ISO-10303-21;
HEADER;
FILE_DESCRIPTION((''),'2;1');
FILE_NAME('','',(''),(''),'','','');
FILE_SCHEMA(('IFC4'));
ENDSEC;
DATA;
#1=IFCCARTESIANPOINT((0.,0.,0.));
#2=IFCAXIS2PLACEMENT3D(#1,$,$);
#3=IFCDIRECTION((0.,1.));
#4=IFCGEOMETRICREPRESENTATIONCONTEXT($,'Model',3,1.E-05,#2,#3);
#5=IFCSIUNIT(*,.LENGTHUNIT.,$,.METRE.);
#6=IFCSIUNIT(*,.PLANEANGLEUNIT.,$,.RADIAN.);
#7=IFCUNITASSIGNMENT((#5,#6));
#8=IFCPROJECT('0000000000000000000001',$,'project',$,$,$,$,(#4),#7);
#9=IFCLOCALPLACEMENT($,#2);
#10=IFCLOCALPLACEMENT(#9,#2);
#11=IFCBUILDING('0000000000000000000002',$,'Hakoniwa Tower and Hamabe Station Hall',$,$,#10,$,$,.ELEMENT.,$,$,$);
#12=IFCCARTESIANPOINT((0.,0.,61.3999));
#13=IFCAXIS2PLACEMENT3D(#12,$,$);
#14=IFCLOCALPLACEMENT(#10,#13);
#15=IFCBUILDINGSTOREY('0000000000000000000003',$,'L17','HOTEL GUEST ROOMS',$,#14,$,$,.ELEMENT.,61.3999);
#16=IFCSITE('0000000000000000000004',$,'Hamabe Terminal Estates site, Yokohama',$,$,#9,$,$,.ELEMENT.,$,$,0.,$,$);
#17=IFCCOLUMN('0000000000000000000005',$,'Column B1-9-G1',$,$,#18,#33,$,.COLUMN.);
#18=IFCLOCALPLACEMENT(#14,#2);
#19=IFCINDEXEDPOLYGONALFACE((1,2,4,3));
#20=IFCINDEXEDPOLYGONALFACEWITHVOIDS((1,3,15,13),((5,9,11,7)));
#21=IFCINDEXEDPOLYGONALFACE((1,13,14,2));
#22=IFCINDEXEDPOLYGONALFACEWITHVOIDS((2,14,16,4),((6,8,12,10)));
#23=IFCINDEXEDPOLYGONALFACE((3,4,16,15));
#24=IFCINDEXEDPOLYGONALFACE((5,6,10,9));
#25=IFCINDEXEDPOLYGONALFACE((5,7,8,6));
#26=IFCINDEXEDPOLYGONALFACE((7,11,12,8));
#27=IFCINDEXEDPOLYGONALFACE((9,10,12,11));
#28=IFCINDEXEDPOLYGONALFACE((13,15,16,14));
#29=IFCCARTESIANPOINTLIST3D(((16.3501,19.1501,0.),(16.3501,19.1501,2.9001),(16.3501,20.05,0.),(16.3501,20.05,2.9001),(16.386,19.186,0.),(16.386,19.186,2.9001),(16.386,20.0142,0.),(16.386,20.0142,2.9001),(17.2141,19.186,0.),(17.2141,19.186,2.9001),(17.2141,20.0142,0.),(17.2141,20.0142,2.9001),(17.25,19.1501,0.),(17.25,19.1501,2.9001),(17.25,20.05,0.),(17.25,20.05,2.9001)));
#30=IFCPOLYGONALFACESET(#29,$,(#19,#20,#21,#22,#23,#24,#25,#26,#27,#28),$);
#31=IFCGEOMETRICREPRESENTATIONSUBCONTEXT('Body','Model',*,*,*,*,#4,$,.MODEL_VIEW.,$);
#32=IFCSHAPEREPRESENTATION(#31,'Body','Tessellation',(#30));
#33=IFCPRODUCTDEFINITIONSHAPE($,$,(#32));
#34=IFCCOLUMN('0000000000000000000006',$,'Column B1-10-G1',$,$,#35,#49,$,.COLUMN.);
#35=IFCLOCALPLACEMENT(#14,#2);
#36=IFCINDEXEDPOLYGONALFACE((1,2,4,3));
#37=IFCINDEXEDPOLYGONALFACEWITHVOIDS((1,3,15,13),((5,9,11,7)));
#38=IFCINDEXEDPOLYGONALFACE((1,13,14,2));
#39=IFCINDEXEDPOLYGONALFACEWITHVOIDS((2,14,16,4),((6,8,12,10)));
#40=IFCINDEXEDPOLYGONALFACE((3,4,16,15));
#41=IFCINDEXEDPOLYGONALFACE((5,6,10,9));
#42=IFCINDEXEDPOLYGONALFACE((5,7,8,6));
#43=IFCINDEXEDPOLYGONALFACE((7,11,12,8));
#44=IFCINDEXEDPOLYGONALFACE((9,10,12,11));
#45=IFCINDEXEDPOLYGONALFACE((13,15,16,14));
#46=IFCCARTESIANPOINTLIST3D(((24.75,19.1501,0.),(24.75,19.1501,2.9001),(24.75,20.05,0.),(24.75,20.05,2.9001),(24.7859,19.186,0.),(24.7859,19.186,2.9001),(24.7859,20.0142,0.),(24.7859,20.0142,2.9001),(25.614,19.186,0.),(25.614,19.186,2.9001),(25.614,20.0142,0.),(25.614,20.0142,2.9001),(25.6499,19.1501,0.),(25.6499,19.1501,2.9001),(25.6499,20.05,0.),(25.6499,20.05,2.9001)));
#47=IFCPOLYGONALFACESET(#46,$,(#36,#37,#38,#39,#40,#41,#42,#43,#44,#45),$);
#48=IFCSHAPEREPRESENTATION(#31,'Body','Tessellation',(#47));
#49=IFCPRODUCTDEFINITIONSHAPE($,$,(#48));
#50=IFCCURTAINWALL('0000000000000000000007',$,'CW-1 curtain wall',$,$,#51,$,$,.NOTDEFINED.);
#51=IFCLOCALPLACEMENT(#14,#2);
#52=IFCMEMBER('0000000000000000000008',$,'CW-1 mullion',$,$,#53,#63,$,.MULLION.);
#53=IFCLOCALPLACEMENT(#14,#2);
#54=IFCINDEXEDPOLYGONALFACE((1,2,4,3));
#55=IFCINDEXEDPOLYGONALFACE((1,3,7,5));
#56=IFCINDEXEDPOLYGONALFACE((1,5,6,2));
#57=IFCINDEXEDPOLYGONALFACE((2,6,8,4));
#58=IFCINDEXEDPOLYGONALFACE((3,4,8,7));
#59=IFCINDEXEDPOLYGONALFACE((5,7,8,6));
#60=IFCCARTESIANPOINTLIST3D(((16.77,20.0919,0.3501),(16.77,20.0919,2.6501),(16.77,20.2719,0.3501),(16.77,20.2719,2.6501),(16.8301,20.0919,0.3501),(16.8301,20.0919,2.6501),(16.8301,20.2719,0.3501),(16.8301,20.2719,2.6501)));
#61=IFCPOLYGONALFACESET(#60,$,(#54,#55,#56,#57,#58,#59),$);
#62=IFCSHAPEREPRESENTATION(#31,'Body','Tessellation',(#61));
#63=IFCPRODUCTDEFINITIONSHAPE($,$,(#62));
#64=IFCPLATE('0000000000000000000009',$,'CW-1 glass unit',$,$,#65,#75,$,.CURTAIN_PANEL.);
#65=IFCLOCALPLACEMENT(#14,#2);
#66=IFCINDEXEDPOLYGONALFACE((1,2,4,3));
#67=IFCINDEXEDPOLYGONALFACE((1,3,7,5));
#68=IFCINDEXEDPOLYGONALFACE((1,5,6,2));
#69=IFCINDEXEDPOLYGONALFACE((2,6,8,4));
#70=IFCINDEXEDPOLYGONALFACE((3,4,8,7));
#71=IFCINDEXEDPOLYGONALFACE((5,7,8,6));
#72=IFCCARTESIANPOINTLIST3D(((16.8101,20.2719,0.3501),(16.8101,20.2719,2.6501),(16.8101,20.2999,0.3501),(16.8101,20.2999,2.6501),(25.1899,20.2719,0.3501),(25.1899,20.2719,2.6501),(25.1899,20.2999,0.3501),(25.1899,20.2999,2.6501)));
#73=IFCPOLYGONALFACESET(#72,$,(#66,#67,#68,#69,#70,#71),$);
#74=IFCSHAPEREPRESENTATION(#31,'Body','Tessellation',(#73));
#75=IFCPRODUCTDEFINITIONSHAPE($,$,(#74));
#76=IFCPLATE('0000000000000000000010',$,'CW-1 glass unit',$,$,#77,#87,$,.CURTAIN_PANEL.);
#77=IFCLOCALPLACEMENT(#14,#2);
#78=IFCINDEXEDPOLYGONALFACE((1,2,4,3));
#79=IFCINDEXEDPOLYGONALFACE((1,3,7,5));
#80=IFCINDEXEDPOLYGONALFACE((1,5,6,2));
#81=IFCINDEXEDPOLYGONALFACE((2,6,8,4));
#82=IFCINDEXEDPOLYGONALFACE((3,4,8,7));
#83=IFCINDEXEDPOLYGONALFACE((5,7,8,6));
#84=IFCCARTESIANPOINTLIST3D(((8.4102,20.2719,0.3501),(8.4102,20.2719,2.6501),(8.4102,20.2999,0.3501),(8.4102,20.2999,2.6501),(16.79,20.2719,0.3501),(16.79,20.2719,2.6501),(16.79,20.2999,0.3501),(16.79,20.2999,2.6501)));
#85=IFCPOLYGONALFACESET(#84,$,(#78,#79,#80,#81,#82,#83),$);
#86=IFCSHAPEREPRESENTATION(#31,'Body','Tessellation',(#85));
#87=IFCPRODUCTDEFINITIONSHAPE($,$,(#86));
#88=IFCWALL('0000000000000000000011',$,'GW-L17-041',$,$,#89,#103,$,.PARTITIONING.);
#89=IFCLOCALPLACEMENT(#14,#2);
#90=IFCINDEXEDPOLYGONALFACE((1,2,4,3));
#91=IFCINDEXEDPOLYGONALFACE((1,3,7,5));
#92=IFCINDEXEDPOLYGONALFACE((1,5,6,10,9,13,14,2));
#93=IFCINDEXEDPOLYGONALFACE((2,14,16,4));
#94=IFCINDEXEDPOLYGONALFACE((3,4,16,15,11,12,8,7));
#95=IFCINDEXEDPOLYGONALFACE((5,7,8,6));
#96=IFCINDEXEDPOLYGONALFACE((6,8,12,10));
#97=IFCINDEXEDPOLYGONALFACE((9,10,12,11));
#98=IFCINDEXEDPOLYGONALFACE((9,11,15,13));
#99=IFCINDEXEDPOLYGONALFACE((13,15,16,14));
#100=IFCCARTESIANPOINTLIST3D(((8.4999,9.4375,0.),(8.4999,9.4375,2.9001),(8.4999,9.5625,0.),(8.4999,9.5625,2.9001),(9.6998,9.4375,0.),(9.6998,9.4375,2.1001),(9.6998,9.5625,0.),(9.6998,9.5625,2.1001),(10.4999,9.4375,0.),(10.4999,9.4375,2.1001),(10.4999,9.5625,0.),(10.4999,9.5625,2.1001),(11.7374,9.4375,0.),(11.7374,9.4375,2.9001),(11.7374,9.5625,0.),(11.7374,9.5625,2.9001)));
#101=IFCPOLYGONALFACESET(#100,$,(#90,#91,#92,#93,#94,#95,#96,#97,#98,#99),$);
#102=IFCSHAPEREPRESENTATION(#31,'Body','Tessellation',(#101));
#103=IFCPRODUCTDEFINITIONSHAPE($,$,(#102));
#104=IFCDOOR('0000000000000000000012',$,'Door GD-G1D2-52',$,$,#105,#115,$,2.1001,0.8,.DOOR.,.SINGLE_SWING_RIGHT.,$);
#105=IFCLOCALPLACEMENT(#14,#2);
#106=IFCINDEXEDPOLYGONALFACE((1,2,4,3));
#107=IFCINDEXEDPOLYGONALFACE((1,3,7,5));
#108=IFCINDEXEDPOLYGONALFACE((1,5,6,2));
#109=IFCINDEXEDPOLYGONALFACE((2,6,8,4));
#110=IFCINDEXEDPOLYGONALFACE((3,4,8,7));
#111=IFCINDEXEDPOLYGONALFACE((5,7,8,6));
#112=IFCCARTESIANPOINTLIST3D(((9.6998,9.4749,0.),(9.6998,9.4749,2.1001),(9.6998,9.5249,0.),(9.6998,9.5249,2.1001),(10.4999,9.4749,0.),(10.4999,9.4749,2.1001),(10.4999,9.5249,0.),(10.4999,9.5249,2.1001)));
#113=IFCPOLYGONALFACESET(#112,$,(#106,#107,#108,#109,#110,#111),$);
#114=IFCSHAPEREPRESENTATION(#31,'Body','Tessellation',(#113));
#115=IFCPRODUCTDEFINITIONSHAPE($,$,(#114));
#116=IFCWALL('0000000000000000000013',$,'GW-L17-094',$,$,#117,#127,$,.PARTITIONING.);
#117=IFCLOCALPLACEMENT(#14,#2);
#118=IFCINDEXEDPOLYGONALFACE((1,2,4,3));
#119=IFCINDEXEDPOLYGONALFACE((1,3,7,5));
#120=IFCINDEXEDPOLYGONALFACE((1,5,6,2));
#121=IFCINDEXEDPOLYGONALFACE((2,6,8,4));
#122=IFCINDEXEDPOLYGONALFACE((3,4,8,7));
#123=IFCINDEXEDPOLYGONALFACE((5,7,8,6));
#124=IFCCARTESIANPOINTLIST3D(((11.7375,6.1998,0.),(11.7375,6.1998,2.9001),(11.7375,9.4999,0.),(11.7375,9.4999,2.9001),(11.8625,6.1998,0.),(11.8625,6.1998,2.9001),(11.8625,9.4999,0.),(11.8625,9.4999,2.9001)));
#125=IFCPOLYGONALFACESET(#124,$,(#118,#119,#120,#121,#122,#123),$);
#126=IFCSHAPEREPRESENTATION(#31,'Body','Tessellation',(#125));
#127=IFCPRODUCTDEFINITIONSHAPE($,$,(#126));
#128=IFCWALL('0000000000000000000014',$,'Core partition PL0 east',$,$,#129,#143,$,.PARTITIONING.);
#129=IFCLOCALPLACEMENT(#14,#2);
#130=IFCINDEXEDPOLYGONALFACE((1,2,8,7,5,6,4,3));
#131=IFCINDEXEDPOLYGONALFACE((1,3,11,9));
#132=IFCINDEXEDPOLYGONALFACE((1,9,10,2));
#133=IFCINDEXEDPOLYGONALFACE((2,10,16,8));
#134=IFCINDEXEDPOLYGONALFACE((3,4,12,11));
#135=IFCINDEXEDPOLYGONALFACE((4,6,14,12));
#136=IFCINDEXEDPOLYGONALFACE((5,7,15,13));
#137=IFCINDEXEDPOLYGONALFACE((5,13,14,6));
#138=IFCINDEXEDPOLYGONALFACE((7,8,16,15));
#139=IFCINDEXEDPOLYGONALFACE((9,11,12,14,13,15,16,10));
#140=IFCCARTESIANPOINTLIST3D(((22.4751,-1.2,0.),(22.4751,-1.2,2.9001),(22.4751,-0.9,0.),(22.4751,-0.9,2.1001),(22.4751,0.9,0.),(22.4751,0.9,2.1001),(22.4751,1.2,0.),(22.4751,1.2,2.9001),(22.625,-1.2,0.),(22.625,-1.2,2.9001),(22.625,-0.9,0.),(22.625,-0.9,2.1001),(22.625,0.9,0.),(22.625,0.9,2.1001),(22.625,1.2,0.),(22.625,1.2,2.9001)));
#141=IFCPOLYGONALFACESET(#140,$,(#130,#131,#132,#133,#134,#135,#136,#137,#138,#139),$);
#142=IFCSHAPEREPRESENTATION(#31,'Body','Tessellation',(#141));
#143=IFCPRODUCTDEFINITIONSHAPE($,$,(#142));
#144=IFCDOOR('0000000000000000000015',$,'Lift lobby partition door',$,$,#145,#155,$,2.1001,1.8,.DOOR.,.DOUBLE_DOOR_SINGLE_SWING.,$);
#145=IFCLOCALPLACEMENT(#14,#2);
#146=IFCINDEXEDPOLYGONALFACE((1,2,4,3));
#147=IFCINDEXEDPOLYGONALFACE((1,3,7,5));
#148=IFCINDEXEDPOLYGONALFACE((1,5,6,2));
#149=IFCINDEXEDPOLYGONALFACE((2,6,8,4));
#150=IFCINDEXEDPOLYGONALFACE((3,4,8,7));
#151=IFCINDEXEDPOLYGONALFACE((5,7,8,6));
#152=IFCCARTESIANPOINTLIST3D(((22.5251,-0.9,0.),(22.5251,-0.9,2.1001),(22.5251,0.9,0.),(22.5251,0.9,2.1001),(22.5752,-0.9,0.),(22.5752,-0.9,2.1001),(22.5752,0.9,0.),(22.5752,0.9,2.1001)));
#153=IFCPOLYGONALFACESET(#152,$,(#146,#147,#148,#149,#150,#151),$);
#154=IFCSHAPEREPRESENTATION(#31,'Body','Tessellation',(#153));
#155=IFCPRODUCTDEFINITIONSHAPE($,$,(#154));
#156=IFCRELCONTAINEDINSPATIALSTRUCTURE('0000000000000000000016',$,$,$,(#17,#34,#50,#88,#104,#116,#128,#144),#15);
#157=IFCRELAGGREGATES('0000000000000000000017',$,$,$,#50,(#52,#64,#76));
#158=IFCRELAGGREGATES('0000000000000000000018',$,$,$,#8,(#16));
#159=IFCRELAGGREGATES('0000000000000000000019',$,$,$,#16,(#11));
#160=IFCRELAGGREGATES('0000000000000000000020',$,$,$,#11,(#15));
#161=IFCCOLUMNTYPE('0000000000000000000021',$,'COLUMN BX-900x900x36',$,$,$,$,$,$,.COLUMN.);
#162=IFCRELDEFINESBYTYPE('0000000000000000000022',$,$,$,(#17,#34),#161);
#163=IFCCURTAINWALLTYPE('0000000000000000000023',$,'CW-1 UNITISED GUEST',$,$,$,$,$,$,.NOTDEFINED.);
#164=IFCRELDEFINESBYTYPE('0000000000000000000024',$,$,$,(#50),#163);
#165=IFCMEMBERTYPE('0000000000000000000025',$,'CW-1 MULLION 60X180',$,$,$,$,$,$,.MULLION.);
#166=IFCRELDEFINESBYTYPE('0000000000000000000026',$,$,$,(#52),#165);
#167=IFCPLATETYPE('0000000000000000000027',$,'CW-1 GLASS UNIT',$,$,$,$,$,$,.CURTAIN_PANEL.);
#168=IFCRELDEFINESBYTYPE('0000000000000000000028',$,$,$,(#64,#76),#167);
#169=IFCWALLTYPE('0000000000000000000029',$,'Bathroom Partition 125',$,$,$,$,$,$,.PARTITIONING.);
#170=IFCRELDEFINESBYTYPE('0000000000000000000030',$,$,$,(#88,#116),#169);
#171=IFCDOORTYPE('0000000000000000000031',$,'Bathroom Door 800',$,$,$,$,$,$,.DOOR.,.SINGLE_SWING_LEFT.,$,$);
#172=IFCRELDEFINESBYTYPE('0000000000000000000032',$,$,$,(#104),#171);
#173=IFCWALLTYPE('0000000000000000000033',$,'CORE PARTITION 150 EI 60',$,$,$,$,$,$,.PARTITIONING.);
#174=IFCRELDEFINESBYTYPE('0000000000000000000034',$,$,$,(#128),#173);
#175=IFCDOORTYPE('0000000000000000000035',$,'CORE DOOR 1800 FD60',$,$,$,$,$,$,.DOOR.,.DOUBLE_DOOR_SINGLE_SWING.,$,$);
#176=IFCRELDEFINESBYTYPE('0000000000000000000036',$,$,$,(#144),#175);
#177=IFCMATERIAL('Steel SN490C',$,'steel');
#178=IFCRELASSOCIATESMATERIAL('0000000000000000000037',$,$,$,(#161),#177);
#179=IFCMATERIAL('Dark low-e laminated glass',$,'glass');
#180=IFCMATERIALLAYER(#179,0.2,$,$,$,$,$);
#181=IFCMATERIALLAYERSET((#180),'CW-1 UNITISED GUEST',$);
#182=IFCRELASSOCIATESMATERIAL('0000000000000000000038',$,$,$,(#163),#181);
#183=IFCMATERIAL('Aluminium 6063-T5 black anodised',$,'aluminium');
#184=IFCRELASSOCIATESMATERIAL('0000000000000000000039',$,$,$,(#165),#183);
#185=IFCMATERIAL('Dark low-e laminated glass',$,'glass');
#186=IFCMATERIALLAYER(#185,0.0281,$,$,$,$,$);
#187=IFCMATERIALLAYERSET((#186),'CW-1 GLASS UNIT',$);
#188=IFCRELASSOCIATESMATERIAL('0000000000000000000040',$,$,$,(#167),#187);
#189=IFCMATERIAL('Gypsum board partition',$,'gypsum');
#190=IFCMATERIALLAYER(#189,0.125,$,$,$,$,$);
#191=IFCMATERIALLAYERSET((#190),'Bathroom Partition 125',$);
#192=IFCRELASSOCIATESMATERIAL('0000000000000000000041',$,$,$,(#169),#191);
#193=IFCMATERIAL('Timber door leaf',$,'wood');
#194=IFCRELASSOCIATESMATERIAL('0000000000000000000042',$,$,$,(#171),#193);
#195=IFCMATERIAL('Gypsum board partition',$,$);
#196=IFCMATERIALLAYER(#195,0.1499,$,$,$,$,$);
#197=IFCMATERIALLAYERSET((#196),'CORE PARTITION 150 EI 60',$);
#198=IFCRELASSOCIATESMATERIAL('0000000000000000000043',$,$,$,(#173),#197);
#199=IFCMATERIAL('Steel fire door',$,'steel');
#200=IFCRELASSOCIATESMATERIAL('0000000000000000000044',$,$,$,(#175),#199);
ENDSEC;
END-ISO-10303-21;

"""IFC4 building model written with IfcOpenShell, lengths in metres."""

from ifc_helpers import new_model, si_unit, direction, frame, frame_2d, origin, origin_2d, place, context, subcontext, project, spatial, rectangle, hollow_rectangle, extrude, material, layer, layer_set, material_profile, profile_set, type_object, element, fill, aggregate, save


model = new_model("IFC4")

# Units and contexts
model_context = context("Model", 3, precision=1e-05, world=origin(), true_north=direction((0.0, 1.0)))
body_context = subcontext(model_context, "Body", "Model", "MODEL_VIEW")
ifc_project = project(units=[si_unit("LENGTHUNIT", "METRE"), si_unit("PLANEANGLEUNIT", "RADIAN")], contexts=[model_context])

# Site, building, storey
site_placement = place(None, origin())
site = spatial("IfcSite", under=ifc_project, at=site_placement, Name="Hamabe Terminal Estates site, Yokohama", CompositionType="ELEMENT", RefElevation=0.0)
building_placement = place(site_placement, origin())
building = spatial("IfcBuilding", under=site, at=building_placement, Name="Hakoniwa Tower and Hamabe Station Hall", CompositionType="ELEMENT")
storey_placement = place(building_placement, frame((0.0, 0.0, 61.3999)))
storey = spatial("IfcBuildingStorey", under=building, at=storey_placement, Name="L17", Description="HOTEL GUEST ROOMS", CompositionType="ELEMENT", Elevation=61.3999)

# Columns
ifc_material_1 = material(Name="Steel SN490C", Category="steel")
ifc_material_profile_1 = material_profile(ifc_material_1, hollow_rectangle(XDim=0.8999, YDim=0.8999, WallThickness=0.0359, at=origin_2d()), Name="BX-900x900x36")
ifc_profile_set_1 = profile_set([ifc_material_profile_1], Name="Steel SN490C")
column_type = type_object("IfcColumnType", Name="COLUMN BX-900x900x36", PredefinedType="COLUMN", material=ifc_profile_set_1)
for number, where, z_axis, x_axis, name in (
    (1, (16.8, 19.6001, 0.0), (0.0, 0.0, 1.0), (1.0, 0.0, 0.0), "Column B1-9-G1"),
    (2, (25.2, 19.6001, 0.0), (0.0, 0.0, 1.0), (1.0, 0.0, 0.0), "Column B1-10-G1"),
):
    element("IfcColumn", number, at=place(storey_placement, frame(where, z_axis=z_axis, x_axis=x_axis)), inside=storey, type_object=column_type, Name=name, PredefinedType="COLUMN", context=body_context, shape_type="SweptSolid", body=[
        extrude(hollow_rectangle(XDim=0.8999, YDim=0.8999, WallThickness=0.0359, at=origin_2d()), origin(), (0.0, 0.0, 1.0), 2.9001),
    ])

# Curtain wall, member, plates
ifc_material_2 = material(Name="Dark low-e laminated glass", Category="glass")
ifc_layer_1 = layer(ifc_material_2, 0.2)
ifc_layer_set_1 = layer_set([ifc_layer_1], Name="CW-1 UNITISED GUEST")
curtain_wall_type = type_object("IfcCurtainWallType", Name="CW-1 UNITISED GUEST", PredefinedType="NOTDEFINED", material=ifc_layer_set_1)
curtain_wall_placement = place(storey_placement, origin())
curtain_wall = element("IfcCurtainWall", 3, at=curtain_wall_placement, inside=storey, type_object=curtain_wall_type, Name="CW-1 curtain wall", PredefinedType="NOTDEFINED")
ifc_material_3 = material(Name="Aluminium 6063-T5 black anodised", Category="aluminium")
ifc_material_profile_2 = material_profile(ifc_material_3, rectangle(XDim=0.0601, YDim=0.1799, at=origin_2d()), Name="CW-1 MULLION 60X180")
ifc_profile_set_2 = profile_set([ifc_material_profile_2], Name="Aluminium 6063-T5 black anodised")
member_type = type_object("IfcMemberType", Name="CW-1 MULLION 60X180", PredefinedType="MULLION", material=ifc_profile_set_2)
member_placement = place(storey_placement, frame((16.8, 20.1819, 0.3501), z_axis=(0.0, 0.0, 1.0), x_axis=(-1.0, 0.0, 0.0)))
member = element("IfcMember", 4, at=member_placement, type_object=member_type, Name="CW-1 mullion", PredefinedType="MULLION", context=body_context, shape_type="SweptSolid", body=[
    extrude(rectangle(XDim=0.0601, YDim=0.1799, at=origin_2d()), origin(), (0.0, 0.0, 1.0), 2.3),
])
ifc_material_4 = material(Name="Dark low-e laminated glass", Category="glass")
ifc_layer_2 = layer(ifc_material_4, 0.0281)
ifc_layer_set_2 = layer_set([ifc_layer_2], Name="CW-1 GLASS UNIT")
plate_type = type_object("IfcPlateType", Name="CW-1 GLASS UNIT", PredefinedType="CURTAIN_PANEL", material=ifc_layer_set_2)
plate_1_placement = place(storey_placement, frame((21.0, 20.2859, 0.3501), z_axis=(0.0, 0.0, 1.0), x_axis=(-1.0, 0.0, 0.0)))
plate_1 = element("IfcPlate", 5, at=plate_1_placement, type_object=plate_type, Name="CW-1 glass unit", PredefinedType="CURTAIN_PANEL", context=body_context, shape_type="SweptSolid", body=[
    extrude(rectangle(XDim=8.3799, YDim=0.0281, at=origin_2d()), origin(), (0.0, 0.0, 1.0), 2.3),
])
plate_2_placement = place(storey_placement, frame((12.6001, 20.2859, 0.3501), z_axis=(0.0, 0.0, 1.0), x_axis=(-1.0, 0.0, 0.0)))
plate_2 = element("IfcPlate", 6, at=plate_2_placement, type_object=plate_type, Name="CW-1 glass unit", PredefinedType="CURTAIN_PANEL", context=body_context, shape_type="SweptSolid", body=[
    extrude(rectangle(XDim=8.3799, YDim=0.0281, at=origin_2d()), origin(), (0.0, 0.0, 1.0), 2.3),
])
aggregate(curtain_wall, [member, plate_1, plate_2])

# Wall, opening, door
ifc_material_5 = material(Name="Gypsum board partition", Category="gypsum")
ifc_layer_3 = layer(ifc_material_5, 0.125)
ifc_layer_set_3 = layer_set([ifc_layer_3], Name="Bathroom Partition 125")
wall_type_1 = type_object("IfcWallType", Name="Bathroom Partition 125", PredefinedType="PARTITIONING", material=ifc_layer_set_3)
wall_1_placement = place(storey_placement, frame((8.5, 9.5, 0.0), z_axis=(0.0, 0.0, 1.0), x_axis=(1.0, 0.0, 0.0)))
wall_1 = element("IfcWall", 7, at=wall_1_placement, inside=storey, type_object=wall_type_1, Name="GW-L17-041", PredefinedType="PARTITIONING", context=body_context, shape_type="SweptSolid", body=[
    extrude(rectangle(XDim=3.2375, YDim=0.125, at=frame_2d((1.6187, 0.0))), origin(), (0.0, 0.0, 1.0), 2.9001),
])
opening_1_placement = place(wall_1_placement, frame((1.2, 0.0, 0.0)))
opening_1 = element("IfcOpeningElement", 8, at=opening_1_placement, cuts=wall_1, PredefinedType="OPENING", context=body_context, shape_type="SweptSolid", body=[
    extrude(rectangle(XDim=0.8, YDim=2.1001, at=frame_2d((0.3999, 1.05))), frame((0.0, 0.0725, 0.0), z_axis=(0.0, -1.0, 0.0), x_axis=(1.0, 0.0, 0.0)), (0.0, 0.0, 1.0), 0.145),
])
ifc_material_6 = material(Name="Timber door leaf", Category="wood")
door_type_1 = type_object("IfcDoorType", Name="Bathroom Door 800", OperationType="SINGLE_SWING_LEFT", PredefinedType="DOOR", material=ifc_material_6)
door_1_placement = place(opening_1_placement, origin())
door_1 = element("IfcDoor", 9, at=door_1_placement, inside=storey, type_object=door_type_1, Name="Door GD-G1D2-52", OperationType="SINGLE_SWING_RIGHT", OverallHeight=2.1001, OverallWidth=0.8, PredefinedType="DOOR", context=body_context, shape_type="SweptSolid", body=[
    extrude(rectangle(XDim=0.8, YDim=2.1001, at=frame_2d((0.3999, 1.05))), frame((0.0, 0.0249, 0.0), z_axis=(0.0, -1.0, 0.0), x_axis=(1.0, 0.0, 0.0)), (0.0, 0.0, 1.0), 0.05),
])
fill(opening_1, door_1)

# Wall
wall_2_placement = place(storey_placement, frame((11.8, 6.2, 0.0), z_axis=(0.0, 0.0, 1.0), x_axis=(0.0, 1.0, 0.0)))
element("IfcWall", 10, at=wall_2_placement, inside=storey, type_object=wall_type_1, Name="GW-L17-094", PredefinedType="PARTITIONING", context=body_context, shape_type="SweptSolid", body=[
    extrude(rectangle(XDim=3.3, YDim=0.125, at=frame_2d((1.6499, 0.0))), origin(), (0.0, 0.0, 1.0), 2.9001),
])

# Wall, opening, door
ifc_material_7 = material(Name="Gypsum board partition")
ifc_layer_4 = layer(ifc_material_7, 0.1499)
ifc_layer_set_4 = layer_set([ifc_layer_4], Name="CORE PARTITION 150 EI 60")
wall_type_2 = type_object("IfcWallType", Name="CORE PARTITION 150 EI 60", PredefinedType="PARTITIONING", material=ifc_layer_set_4)
wall_3_placement = place(storey_placement, frame((22.55, -1.2, 0.0), z_axis=(0.0, 0.0, 1.0), x_axis=(0.0, 1.0, 0.0)))
wall_3 = element("IfcWall", 11, at=wall_3_placement, inside=storey, type_object=wall_type_2, Name="Core partition PL0 east", PredefinedType="PARTITIONING", context=body_context, shape_type="SweptSolid", body=[
    extrude(rectangle(XDim=2.3999, YDim=0.1499, at=frame_2d((1.2, 0.0))), origin(), (0.0, 0.0, 1.0), 2.9001),
])
opening_2_placement = place(wall_3_placement, frame((0.3, 0.0, 0.0)))
opening_2 = element("IfcOpeningElement", 12, at=opening_2_placement, cuts=wall_3, PredefinedType="OPENING", context=body_context, shape_type="SweptSolid", body=[
    extrude(rectangle(XDim=1.8, YDim=2.1001, at=frame_2d((0.8999, 1.05))), frame((0.0, 0.085, 0.0), z_axis=(0.0, -1.0, 0.0), x_axis=(1.0, 0.0, 0.0)), (0.0, 0.0, 1.0), 0.1699),
])
ifc_material_8 = material(Name="Steel fire door", Category="steel")
door_type_2 = type_object("IfcDoorType", Name="CORE DOOR 1800 FD60", OperationType="DOUBLE_DOOR_SINGLE_SWING", PredefinedType="DOOR", material=ifc_material_8)
door_2_placement = place(opening_2_placement, origin())
door_2 = element("IfcDoor", 13, at=door_2_placement, inside=storey, type_object=door_type_2, Name="Lift lobby partition door", OperationType="DOUBLE_DOOR_SINGLE_SWING", OverallHeight=2.1001, OverallWidth=1.8, PredefinedType="DOOR", context=body_context, shape_type="SweptSolid", body=[
    extrude(rectangle(XDim=1.8, YDim=2.1001, at=frame_2d((0.8999, 1.05))), frame((0.0, 0.0249, 0.0), z_axis=(0.0, -1.0, 0.0), x_axis=(1.0, 0.0, 0.0)), (0.0, 0.0, 1.0), 0.05),
])
fill(opening_2, door_2)

save(model, "model.ifc")
